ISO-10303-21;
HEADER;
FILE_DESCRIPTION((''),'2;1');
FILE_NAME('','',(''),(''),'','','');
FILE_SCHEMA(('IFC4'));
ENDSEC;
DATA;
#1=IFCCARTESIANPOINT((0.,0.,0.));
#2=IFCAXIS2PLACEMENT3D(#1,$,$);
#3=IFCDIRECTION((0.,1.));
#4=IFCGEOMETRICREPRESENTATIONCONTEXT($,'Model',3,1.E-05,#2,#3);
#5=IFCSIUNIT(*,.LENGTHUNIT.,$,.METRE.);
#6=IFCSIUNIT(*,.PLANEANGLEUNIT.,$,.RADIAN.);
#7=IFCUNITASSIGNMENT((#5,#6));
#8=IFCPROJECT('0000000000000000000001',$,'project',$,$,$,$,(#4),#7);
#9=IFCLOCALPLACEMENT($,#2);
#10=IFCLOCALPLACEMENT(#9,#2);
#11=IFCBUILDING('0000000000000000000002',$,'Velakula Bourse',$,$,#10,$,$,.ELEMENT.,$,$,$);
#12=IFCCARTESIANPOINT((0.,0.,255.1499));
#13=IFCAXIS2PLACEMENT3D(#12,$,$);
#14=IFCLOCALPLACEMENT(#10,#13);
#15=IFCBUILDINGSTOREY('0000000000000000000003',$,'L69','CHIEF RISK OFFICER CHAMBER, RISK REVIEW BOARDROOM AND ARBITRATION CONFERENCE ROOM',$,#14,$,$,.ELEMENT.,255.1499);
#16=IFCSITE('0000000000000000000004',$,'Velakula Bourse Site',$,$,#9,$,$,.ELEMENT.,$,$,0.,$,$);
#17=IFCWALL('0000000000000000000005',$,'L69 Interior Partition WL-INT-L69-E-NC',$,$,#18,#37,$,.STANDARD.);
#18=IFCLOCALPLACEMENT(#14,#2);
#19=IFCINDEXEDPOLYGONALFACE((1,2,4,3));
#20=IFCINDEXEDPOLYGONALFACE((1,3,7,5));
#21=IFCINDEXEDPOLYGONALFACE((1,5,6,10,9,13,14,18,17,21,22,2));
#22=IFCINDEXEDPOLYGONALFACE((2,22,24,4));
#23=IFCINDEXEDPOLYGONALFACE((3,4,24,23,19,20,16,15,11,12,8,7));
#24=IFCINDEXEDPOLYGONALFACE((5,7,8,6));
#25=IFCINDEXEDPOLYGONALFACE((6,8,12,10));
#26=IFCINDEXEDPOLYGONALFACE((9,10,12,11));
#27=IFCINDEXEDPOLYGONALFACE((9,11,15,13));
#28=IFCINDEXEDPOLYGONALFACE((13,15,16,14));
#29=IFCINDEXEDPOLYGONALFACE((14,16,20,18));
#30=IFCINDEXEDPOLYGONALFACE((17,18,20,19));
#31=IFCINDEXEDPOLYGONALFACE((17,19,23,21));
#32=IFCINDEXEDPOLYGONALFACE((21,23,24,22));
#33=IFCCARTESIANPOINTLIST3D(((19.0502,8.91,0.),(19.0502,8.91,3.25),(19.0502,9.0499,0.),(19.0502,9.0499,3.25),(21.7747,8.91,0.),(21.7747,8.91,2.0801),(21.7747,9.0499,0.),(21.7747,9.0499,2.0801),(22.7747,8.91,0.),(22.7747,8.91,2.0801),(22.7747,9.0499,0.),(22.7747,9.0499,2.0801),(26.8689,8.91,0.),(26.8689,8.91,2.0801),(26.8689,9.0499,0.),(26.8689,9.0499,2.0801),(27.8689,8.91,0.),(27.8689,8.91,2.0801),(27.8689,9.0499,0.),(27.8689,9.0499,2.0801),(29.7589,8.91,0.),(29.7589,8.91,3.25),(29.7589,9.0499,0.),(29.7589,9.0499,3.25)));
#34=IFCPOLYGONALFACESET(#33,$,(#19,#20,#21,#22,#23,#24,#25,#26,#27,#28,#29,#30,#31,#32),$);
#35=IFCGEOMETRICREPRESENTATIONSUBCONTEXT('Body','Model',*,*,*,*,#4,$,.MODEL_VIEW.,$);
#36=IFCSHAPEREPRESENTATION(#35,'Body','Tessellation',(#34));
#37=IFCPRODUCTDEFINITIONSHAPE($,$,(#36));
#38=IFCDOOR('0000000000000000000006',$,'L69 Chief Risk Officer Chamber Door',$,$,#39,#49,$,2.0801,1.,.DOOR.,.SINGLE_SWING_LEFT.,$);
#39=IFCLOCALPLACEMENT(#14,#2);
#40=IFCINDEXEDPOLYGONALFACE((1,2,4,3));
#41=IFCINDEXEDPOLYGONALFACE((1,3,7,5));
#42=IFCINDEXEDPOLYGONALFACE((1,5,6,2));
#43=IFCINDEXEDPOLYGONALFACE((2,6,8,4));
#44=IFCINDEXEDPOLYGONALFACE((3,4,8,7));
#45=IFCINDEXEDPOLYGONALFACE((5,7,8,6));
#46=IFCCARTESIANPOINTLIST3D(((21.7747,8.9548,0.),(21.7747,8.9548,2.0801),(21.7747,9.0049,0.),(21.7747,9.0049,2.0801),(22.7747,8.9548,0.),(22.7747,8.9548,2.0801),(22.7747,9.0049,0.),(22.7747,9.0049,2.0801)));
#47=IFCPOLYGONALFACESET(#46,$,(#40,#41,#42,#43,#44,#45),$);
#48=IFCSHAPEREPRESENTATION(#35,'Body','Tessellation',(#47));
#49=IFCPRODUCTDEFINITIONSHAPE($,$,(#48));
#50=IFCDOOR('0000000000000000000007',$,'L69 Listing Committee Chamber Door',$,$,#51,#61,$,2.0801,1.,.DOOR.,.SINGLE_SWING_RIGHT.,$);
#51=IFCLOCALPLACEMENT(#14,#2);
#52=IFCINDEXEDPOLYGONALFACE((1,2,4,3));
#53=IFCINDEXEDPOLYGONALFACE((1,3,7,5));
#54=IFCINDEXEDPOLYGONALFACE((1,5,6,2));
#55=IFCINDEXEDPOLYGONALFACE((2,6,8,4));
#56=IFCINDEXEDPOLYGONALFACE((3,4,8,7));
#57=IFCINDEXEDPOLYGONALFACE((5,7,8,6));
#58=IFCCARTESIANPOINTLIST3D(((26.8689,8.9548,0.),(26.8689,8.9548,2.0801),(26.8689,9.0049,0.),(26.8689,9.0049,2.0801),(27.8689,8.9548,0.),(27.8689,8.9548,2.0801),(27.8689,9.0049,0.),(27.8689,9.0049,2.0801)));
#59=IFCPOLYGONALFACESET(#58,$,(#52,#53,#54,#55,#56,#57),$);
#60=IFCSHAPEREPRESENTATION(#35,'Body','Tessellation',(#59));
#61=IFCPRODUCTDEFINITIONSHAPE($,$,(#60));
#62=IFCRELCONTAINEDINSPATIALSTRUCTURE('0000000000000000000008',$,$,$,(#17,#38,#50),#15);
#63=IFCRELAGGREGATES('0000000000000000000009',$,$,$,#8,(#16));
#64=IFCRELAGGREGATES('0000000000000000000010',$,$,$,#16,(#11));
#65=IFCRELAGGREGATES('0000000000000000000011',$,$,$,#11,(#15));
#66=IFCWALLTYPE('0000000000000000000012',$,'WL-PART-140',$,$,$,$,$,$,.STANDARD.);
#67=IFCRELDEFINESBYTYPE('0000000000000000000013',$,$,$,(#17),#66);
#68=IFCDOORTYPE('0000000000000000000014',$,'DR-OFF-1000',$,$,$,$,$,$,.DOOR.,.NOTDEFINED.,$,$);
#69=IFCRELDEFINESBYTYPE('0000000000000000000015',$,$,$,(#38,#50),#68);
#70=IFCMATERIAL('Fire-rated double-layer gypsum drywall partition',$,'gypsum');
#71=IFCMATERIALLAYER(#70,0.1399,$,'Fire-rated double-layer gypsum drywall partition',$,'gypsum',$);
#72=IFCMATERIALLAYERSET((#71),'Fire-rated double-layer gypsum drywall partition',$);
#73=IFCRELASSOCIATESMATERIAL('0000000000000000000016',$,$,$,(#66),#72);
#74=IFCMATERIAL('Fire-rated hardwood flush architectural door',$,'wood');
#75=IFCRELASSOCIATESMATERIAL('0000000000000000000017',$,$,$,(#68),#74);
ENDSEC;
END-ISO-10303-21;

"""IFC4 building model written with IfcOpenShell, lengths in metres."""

from ifc_helpers import new_model, si_unit, direction, frame, frame_2d, origin, place, context, subcontext, project, spatial, rectangle, extrude, material, layer, layer_set, type_object, element, fill, save


model = new_model("IFC4")

# Units and contexts
model_context = context("Model", 3, precision=1e-05, world=origin(), true_north=direction((0.0, 1.0)))
body_context = subcontext(model_context, "Body", "Model", "MODEL_VIEW")
ifc_project = project(units=[si_unit("LENGTHUNIT", "METRE"), si_unit("PLANEANGLEUNIT", "RADIAN")], contexts=[model_context])

# Site, building, storey
site_placement = place(None, origin())
site = spatial("IfcSite", under=ifc_project, at=site_placement, Name="Velakula Bourse Site", CompositionType="ELEMENT", RefElevation=0.0)
building_placement = place(site_placement, origin())
building = spatial("IfcBuilding", under=site, at=building_placement, Name="Velakula Bourse", CompositionType="ELEMENT")
storey_placement = place(building_placement, frame((0.0, 0.0, 255.1499)))
storey = spatial("IfcBuildingStorey", under=building, at=storey_placement, Name="L69", Description="CHIEF RISK OFFICER CHAMBER, RISK REVIEW BOARDROOM AND ARBITRATION CONFERENCE ROOM", CompositionType="ELEMENT", Elevation=255.1499)

# Wall, openings, doors
ifc_material_1 = material(Name="Fire-rated double-layer gypsum drywall partition", Category="gypsum")
ifc_layer_1 = layer(ifc_material_1, 0.1399, Name="Fire-rated double-layer gypsum drywall partition", Category="gypsum")
ifc_layer_set_1 = layer_set([ifc_layer_1], Name="Fire-rated double-layer gypsum drywall partition")
wall_type_1 = type_object("IfcWallType", Name="WL-PART-140", PredefinedType="STANDARD", material=ifc_layer_set_1)
wall_1_placement = place(storey_placement, frame((19.05, 8.98, 0.0), z_axis=(0.0, 0.0, 1.0), x_axis=(1.0, 0.0, 0.0)))
wall_1 = element("IfcWall", 1, at=wall_1_placement, inside=storey, type_object=wall_type_1, Name="L69 Interior Partition WL-INT-L69-E-NC", PredefinedType="STANDARD", context=body_context, shape_type="SweptSolid", body=[
    extrude(rectangle(XDim=10.7087, YDim=0.1399, at=frame_2d((5.3545, 0.0))), origin(), (0.0, 0.0, 1.0), 3.25),
])
opening_1_placement = place(wall_1_placement, frame((2.7246, 0.0, 0.0)))
opening_1 = element("IfcOpeningElement", 2, at=opening_1_placement, cuts=wall_1, PredefinedType="OPENING", context=body_context, shape_type="SweptSolid", body=[
    extrude(rectangle(XDim=1.0, YDim=2.0801, at=frame_2d((0.5, 1.04))), frame((0.0, 0.0798, 0.0), z_axis=(0.0, -1.0, 0.0), x_axis=(1.0, 0.0, 0.0)), (0.0, 0.0, 1.0), 0.1599),
])
opening_2_placement = place(wall_1_placement, frame((7.8188, 0.0, 0.0)))
opening_2 = element("IfcOpeningElement", 3, at=opening_2_placement, cuts=wall_1, PredefinedType="OPENING", context=body_context, shape_type="SweptSolid", body=[
    extrude(rectangle(XDim=1.0, YDim=2.0801, at=frame_2d((0.5, 1.04))), frame((0.0, 0.0798, 0.0), z_axis=(0.0, -1.0, 0.0), x_axis=(1.0, 0.0, 0.0)), (0.0, 0.0, 1.0), 0.1599),
])
ifc_material_2 = material(Name="Fire-rated hardwood flush architectural door", Category="wood")
door_type = type_object("IfcDoorType", Name="DR-OFF-1000", OperationType="NOTDEFINED", PredefinedType="DOOR", material=ifc_material_2)
door_1_placement = place(opening_1_placement, origin())
door_1 = element("IfcDoor", 4, at=door_1_placement, inside=storey, type_object=door_type, Name="L69 Chief Risk Officer Chamber Door", OperationType="SINGLE_SWING_LEFT", OverallHeight=2.0801, OverallWidth=1.0, PredefinedType="DOOR", context=body_context, shape_type="SweptSolid", body=[
    extrude(rectangle(XDim=1.0, YDim=2.0801, at=frame_2d((0.5, 1.04))), frame((0.0, 0.0249, 0.0), z_axis=(0.0, -1.0, 0.0), x_axis=(1.0, 0.0, 0.0)), (0.0, 0.0, 1.0), 0.05),
])
fill(opening_1, door_1)
door_2_placement = place(opening_2_placement, origin())
door_2 = element("IfcDoor", 5, at=door_2_placement, inside=storey, type_object=door_type, Name="L69 Listing Committee Chamber Door", OperationType="SINGLE_SWING_RIGHT", OverallHeight=2.0801, OverallWidth=1.0, PredefinedType="DOOR", context=body_context, shape_type="SweptSolid", body=[
    extrude(rectangle(XDim=1.0, YDim=2.0801, at=frame_2d((0.5, 1.04))), frame((0.0, 0.0249, 0.0), z_axis=(0.0, -1.0, 0.0), x_axis=(1.0, 0.0, 0.0)), (0.0, 0.0, 1.0), 0.05),
])
fill(opening_2, door_2)

save(model, "model.ifc")
